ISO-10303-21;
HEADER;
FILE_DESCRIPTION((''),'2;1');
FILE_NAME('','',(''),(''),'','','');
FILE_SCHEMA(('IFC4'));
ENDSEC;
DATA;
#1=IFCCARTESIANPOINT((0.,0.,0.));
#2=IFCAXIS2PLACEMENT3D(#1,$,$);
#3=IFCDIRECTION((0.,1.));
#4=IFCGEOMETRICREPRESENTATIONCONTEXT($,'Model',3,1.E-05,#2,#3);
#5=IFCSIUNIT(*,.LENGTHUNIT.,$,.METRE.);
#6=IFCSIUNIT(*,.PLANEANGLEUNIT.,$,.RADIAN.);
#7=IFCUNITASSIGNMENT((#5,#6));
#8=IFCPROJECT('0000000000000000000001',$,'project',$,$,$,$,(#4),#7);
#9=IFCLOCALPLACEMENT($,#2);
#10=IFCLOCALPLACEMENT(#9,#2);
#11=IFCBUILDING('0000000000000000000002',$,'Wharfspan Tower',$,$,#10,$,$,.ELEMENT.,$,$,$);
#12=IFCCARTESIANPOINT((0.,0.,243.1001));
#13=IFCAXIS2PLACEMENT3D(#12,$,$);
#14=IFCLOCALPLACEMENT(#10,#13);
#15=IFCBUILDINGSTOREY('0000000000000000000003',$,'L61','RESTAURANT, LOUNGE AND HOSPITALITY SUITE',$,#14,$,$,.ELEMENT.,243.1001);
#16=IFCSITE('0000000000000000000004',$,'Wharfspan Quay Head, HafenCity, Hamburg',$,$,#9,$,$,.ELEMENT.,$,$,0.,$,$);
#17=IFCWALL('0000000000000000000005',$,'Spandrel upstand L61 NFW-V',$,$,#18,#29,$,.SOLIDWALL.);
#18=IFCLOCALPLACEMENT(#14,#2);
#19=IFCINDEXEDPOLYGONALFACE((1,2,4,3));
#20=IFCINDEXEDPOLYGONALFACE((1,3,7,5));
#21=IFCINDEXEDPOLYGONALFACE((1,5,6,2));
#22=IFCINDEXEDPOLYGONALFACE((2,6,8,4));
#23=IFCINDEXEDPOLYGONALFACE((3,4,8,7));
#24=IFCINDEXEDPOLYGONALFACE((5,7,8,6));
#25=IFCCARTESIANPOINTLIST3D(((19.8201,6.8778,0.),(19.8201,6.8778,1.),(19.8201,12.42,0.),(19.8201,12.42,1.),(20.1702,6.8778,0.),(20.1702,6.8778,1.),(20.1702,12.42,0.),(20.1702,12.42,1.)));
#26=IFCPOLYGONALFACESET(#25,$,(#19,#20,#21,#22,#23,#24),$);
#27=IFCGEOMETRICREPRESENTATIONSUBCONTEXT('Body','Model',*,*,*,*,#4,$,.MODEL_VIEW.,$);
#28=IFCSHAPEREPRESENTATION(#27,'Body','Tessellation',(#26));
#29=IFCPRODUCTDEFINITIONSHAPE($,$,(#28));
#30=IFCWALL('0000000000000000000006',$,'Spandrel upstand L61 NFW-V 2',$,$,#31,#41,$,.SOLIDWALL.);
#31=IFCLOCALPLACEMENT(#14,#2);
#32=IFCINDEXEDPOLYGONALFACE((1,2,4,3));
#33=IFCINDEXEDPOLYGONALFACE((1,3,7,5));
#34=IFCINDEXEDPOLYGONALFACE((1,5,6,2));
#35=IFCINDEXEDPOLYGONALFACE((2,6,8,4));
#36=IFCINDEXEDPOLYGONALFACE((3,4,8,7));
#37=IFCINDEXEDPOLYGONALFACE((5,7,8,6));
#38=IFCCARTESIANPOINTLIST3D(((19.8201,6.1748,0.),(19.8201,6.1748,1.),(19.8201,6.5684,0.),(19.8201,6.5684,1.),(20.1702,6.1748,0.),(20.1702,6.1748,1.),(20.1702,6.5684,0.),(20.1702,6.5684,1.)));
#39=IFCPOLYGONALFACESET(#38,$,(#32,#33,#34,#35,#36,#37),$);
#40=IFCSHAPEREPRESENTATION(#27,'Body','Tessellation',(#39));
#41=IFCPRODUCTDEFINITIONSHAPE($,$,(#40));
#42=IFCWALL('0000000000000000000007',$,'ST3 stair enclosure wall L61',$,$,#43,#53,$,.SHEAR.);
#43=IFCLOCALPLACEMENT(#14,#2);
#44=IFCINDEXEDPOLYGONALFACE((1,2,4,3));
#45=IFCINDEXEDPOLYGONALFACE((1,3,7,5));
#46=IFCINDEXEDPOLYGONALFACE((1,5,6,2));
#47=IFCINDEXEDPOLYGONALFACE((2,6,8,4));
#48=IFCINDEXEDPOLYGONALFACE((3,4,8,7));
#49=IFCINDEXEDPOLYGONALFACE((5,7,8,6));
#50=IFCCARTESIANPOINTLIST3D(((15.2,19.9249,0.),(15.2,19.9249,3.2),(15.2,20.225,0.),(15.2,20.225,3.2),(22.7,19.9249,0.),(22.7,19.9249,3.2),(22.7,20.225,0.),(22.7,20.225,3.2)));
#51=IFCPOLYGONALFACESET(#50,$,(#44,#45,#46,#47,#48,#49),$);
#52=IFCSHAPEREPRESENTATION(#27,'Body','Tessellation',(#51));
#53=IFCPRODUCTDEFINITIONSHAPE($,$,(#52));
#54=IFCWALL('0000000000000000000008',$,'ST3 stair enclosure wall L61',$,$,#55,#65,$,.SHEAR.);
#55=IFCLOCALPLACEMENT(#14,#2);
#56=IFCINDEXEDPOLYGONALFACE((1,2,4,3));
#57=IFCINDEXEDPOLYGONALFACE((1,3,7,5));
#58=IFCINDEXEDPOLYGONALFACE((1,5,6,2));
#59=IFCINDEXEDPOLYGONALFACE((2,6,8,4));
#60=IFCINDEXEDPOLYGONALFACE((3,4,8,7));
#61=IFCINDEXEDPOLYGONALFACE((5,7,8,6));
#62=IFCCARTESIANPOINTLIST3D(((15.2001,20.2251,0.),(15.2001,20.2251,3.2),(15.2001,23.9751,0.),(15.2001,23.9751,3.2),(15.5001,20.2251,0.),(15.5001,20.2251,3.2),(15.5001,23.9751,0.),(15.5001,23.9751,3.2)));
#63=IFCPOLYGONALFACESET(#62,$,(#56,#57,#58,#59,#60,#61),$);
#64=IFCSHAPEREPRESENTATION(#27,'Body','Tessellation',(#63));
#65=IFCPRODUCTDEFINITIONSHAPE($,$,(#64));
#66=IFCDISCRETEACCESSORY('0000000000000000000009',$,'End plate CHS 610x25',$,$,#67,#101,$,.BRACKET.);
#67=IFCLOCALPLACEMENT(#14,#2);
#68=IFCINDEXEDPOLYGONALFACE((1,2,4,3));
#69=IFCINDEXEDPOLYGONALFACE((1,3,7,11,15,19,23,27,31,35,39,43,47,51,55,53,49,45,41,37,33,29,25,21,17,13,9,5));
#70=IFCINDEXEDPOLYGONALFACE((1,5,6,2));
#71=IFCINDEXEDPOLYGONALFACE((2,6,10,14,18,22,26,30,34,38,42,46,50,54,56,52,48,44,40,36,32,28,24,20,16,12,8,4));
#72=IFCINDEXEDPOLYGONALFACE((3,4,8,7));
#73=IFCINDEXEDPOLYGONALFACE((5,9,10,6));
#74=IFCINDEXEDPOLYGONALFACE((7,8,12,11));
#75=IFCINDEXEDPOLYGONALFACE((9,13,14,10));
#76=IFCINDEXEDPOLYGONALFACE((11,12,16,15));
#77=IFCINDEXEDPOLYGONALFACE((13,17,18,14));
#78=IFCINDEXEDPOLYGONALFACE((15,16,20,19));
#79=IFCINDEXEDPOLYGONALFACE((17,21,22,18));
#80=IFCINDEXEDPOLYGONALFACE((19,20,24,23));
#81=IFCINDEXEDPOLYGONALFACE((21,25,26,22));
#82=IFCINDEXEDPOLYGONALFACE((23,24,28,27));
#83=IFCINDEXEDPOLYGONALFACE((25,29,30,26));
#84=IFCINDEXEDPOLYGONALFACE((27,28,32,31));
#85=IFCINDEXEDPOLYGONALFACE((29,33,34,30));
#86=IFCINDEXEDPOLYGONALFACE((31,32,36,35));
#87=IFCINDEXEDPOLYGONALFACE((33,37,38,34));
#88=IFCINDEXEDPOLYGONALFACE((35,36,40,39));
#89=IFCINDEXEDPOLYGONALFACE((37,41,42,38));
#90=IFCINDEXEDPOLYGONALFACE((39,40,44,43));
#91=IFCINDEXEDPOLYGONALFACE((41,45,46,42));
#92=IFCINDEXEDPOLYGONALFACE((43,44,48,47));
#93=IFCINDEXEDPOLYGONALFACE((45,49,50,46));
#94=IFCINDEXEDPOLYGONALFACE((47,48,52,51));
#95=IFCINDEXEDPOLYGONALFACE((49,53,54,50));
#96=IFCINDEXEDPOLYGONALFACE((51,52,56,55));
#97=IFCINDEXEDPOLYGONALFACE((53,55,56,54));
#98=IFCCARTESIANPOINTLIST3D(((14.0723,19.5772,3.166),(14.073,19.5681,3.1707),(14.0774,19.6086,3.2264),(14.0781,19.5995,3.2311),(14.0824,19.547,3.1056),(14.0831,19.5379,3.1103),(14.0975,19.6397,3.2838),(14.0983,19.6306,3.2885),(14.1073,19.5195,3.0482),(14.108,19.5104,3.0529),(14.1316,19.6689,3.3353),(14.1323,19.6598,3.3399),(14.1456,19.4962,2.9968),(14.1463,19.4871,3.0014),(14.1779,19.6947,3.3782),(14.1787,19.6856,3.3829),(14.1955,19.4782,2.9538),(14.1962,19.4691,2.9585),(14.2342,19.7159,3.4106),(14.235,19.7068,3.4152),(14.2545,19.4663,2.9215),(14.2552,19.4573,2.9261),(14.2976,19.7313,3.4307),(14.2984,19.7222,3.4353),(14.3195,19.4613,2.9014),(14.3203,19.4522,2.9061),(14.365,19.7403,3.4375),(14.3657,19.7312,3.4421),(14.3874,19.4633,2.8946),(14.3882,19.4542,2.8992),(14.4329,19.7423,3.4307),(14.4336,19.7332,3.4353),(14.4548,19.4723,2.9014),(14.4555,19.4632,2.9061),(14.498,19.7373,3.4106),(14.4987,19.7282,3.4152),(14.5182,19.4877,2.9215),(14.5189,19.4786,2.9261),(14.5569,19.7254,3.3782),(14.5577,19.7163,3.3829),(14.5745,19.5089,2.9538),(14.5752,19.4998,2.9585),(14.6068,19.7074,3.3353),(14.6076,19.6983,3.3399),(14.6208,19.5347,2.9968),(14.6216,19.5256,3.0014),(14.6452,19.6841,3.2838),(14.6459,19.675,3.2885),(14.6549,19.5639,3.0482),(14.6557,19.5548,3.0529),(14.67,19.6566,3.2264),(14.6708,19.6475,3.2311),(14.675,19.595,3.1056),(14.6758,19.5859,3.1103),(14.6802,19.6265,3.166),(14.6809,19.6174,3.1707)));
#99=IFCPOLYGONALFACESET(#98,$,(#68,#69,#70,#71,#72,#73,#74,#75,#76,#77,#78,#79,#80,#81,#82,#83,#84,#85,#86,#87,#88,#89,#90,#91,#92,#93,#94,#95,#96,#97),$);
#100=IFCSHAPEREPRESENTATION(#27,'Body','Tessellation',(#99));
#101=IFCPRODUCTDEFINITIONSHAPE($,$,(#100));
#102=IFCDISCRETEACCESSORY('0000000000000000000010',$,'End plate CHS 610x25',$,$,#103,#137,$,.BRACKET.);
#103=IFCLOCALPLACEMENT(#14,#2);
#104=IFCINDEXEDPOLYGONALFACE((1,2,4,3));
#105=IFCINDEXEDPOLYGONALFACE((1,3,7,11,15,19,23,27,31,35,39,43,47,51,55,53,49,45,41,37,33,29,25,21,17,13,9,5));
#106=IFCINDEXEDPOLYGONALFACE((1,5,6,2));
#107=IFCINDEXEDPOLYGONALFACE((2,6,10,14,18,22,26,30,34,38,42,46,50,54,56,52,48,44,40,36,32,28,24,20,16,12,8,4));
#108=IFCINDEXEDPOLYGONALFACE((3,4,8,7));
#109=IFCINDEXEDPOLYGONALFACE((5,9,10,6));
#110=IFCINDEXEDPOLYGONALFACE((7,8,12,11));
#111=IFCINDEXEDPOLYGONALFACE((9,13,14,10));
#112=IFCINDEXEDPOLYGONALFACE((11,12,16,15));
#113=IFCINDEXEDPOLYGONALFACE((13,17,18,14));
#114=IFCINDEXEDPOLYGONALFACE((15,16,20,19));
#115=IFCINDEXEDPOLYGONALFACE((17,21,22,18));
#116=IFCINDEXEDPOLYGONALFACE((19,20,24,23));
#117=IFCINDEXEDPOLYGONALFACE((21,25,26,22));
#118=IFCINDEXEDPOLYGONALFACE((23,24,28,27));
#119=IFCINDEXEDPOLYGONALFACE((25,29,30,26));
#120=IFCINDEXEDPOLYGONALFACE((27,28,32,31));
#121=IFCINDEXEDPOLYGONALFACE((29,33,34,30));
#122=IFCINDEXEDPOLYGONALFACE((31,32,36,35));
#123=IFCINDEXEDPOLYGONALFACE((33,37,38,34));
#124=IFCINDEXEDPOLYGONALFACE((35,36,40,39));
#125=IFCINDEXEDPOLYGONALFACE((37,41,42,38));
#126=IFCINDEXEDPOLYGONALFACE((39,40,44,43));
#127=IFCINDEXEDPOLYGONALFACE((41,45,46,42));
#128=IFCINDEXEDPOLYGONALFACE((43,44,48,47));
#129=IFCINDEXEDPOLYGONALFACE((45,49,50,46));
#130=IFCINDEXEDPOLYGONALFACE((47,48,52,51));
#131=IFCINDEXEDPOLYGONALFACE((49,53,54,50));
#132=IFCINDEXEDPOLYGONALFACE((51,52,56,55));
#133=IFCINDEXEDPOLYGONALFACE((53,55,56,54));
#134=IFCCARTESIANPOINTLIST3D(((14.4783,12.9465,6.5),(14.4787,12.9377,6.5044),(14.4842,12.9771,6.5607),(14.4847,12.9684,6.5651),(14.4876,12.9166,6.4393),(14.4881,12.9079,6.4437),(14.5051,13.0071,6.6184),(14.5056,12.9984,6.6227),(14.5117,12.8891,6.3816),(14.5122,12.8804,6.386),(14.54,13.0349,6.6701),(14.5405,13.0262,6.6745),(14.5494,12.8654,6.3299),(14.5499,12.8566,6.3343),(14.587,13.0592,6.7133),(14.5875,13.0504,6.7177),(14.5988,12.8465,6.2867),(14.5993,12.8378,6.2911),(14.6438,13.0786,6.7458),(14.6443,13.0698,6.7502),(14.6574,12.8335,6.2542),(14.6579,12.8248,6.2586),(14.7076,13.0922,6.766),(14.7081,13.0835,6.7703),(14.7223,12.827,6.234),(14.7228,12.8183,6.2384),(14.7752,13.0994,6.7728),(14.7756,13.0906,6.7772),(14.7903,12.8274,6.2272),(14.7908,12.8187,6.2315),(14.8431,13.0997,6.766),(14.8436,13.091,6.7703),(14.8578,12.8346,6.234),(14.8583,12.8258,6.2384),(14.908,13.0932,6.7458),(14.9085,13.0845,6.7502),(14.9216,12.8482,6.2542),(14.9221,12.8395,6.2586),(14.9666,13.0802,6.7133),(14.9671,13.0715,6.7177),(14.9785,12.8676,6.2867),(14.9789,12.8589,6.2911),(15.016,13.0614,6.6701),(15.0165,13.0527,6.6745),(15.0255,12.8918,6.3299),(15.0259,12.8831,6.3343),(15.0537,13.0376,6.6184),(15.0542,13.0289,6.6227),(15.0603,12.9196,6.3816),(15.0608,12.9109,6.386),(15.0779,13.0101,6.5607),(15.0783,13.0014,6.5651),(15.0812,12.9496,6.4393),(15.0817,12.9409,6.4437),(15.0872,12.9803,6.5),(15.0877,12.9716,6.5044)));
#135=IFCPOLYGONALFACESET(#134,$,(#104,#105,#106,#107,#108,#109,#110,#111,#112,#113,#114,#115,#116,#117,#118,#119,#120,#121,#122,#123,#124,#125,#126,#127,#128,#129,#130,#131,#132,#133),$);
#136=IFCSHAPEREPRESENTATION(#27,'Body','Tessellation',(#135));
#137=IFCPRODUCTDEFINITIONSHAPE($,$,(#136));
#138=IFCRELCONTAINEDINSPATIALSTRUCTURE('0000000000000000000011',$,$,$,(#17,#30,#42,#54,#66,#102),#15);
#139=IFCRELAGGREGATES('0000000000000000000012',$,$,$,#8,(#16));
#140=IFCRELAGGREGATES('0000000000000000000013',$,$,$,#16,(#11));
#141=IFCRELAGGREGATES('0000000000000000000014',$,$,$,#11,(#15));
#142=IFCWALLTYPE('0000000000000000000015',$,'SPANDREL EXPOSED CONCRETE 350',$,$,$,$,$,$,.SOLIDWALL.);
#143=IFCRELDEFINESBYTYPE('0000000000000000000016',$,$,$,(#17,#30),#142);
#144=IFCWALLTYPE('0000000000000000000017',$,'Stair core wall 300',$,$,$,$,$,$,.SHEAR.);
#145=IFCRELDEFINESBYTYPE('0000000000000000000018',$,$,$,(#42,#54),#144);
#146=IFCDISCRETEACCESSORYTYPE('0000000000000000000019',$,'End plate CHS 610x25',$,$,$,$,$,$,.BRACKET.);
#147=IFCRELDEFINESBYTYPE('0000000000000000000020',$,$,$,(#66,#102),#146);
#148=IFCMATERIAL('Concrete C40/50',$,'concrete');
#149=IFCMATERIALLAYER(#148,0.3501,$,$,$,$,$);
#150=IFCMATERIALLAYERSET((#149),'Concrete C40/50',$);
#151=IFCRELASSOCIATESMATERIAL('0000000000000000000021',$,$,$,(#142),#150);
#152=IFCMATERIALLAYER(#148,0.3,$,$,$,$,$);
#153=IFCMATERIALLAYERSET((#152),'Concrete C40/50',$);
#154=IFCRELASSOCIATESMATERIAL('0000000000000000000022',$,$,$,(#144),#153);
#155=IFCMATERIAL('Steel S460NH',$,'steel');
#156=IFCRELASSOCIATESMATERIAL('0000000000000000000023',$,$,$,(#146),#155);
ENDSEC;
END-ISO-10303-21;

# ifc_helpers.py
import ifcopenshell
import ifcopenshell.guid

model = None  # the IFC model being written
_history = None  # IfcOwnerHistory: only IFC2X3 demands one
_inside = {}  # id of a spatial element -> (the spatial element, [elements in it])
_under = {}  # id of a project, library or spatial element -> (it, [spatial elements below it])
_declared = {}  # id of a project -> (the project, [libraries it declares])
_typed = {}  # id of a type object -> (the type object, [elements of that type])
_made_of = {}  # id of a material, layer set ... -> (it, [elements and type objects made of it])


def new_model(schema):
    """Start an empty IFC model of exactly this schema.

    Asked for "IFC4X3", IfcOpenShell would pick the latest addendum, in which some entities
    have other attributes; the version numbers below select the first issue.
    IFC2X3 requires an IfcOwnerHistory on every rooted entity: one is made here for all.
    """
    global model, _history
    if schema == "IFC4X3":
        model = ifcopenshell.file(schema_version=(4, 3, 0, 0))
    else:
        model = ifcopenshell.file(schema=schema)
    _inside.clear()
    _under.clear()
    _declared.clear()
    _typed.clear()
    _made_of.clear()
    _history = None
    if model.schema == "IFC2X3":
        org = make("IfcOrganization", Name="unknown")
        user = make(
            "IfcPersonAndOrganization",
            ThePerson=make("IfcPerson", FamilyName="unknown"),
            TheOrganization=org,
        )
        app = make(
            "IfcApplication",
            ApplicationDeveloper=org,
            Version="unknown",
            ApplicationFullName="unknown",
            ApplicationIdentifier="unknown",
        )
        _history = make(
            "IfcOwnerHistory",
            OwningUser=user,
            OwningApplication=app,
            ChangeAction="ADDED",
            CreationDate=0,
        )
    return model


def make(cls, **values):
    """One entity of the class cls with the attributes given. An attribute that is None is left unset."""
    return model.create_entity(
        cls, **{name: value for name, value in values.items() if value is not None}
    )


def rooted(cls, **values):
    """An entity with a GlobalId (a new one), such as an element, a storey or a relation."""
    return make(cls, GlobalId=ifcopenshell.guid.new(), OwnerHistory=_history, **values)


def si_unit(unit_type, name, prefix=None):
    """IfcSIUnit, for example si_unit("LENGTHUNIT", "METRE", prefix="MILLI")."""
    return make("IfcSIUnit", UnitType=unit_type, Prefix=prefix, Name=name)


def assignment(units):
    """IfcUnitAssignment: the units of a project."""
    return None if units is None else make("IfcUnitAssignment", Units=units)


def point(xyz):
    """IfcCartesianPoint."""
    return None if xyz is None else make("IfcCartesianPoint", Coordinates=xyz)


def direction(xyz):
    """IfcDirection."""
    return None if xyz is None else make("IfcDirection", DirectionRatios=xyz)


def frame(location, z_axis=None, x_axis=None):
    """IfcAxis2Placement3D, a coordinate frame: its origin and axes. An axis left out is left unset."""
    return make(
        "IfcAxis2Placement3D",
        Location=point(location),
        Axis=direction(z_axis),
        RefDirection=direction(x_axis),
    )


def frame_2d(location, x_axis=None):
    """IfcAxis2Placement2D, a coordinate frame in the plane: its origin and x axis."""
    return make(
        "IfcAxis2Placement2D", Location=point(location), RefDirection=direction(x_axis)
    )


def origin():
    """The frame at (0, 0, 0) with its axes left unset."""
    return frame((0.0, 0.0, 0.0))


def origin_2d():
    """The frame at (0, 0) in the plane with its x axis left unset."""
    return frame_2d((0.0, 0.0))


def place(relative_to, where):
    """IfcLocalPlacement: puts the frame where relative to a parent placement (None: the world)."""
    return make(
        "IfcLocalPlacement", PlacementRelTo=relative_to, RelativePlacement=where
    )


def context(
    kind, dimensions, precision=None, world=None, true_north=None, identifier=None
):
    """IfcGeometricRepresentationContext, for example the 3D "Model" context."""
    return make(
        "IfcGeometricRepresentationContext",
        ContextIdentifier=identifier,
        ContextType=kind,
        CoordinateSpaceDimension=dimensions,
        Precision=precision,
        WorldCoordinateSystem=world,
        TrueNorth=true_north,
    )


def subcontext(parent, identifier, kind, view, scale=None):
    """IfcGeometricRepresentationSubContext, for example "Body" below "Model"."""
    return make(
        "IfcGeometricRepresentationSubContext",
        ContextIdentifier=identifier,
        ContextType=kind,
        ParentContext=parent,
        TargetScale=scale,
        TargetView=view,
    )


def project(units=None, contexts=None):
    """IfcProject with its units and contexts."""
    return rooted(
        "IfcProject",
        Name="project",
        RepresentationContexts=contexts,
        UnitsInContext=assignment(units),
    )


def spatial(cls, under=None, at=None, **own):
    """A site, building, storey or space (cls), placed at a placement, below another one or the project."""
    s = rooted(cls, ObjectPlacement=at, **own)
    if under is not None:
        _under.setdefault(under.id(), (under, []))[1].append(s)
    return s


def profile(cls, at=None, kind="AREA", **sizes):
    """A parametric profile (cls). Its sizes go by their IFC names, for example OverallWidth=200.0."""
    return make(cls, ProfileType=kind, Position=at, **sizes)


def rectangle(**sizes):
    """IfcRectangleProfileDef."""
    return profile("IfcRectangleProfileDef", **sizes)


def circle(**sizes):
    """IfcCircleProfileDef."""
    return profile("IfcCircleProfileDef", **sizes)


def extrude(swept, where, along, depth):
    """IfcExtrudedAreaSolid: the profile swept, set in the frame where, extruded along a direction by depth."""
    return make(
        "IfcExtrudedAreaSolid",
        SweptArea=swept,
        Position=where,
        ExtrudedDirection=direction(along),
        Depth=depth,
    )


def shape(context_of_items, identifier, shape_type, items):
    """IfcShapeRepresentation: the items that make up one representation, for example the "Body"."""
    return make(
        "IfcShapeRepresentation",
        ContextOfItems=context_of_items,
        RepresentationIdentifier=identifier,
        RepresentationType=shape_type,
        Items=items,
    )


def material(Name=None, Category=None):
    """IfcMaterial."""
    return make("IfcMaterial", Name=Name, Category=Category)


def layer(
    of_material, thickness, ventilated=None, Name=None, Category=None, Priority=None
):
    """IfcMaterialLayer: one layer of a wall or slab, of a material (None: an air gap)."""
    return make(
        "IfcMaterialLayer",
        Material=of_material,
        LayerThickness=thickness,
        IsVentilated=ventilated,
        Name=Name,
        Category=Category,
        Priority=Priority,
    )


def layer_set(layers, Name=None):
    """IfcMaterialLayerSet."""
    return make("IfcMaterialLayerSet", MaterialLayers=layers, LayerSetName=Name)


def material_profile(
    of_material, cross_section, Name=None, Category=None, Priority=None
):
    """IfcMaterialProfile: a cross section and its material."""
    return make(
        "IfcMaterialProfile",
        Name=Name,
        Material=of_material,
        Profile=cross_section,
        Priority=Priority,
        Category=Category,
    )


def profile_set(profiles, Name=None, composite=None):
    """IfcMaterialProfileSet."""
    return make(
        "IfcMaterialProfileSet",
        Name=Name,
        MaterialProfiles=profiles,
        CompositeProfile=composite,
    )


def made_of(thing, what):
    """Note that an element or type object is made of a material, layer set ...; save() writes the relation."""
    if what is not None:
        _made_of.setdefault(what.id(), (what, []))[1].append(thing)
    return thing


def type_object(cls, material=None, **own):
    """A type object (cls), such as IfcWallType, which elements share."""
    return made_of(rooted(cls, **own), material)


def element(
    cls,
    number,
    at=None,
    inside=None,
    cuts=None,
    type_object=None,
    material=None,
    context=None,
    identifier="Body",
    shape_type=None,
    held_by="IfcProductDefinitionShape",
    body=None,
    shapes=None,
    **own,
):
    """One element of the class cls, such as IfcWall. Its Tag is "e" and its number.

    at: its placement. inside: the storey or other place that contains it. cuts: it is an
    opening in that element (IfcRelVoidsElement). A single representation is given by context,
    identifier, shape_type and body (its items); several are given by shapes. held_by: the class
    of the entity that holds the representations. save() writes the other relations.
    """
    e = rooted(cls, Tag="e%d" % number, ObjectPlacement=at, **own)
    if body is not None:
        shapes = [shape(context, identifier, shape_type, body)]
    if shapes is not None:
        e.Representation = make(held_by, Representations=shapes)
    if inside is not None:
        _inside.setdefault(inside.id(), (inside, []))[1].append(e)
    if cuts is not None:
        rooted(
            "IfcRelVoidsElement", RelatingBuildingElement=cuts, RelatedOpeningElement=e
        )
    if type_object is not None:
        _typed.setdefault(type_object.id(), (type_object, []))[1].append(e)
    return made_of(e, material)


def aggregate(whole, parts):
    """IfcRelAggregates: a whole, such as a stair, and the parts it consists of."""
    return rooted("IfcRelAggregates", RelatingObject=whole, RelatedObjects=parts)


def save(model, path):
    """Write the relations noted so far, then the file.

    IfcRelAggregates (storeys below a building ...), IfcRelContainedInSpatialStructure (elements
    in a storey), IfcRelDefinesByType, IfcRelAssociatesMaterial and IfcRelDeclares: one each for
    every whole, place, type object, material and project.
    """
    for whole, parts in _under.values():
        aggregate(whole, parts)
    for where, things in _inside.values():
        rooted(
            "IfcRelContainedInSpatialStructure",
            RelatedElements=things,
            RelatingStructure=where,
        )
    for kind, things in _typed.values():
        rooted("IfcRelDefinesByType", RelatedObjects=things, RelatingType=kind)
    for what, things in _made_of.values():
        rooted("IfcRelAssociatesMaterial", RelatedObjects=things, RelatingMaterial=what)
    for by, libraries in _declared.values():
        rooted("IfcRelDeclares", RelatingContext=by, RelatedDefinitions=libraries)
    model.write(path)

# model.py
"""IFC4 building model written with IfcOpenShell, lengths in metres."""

from ifc_helpers import new_model, si_unit, direction, frame, frame_2d, origin, origin_2d, place, context, subcontext, project, spatial, rectangle, circle, extrude, material, layer, layer_set, material_profile, profile_set, type_object, element, save


model = new_model("IFC4")

# Units and contexts
model_context = context("Model", 3, precision=1e-05, world=origin(), true_north=direction((0.0, 1.0)))
body_context = subcontext(model_context, "Body", "Model", "MODEL_VIEW")
ifc_project = project(units=[si_unit("LENGTHUNIT", "METRE"), si_unit("PLANEANGLEUNIT", "RADIAN")], contexts=[model_context])

# Site, building, storey
site_placement = place(None, origin())
site = spatial("IfcSite", under=ifc_project, at=site_placement, Name="Wharfspan Quay Head, HafenCity, Hamburg", CompositionType="ELEMENT", RefElevation=0.0)
building_placement = place(site_placement, origin())
building = spatial("IfcBuilding", under=site, at=building_placement, Name="Wharfspan Tower", CompositionType="ELEMENT")
storey_placement = place(building_placement, frame((0.0, 0.0, 243.1001)))
storey = spatial("IfcBuildingStorey", under=building, at=storey_placement, Name="L61", Description="RESTAURANT, LOUNGE AND HOSPITALITY SUITE", CompositionType="ELEMENT", Elevation=243.1001)

# Shared definitions
ifc_material_1 = material(Name="Steel S460NH", Category="steel")

# Walls
ifc_material_2 = material(Name="Concrete C40/50", Category="concrete")
ifc_layer_1 = layer(ifc_material_2, 0.3501)
ifc_layer_set_1 = layer_set([ifc_layer_1], Name="Concrete C40/50")
wall_type_1 = type_object("IfcWallType", Name="SPANDREL EXPOSED CONCRETE 350", PredefinedType="SOLIDWALL", material=ifc_layer_set_1)
wall_1_placement = place(storey_placement, frame((19.9951, 12.4199, 0.0), z_axis=(0.0, 0.0, 1.0), x_axis=(0.0, -1.0, 0.0)))
element("IfcWall", 1, at=wall_1_placement, inside=storey, type_object=wall_type_1, Name="Spandrel upstand L61 NFW-V", PredefinedType="SOLIDWALL", context=body_context, shape_type="SweptSolid", body=[
    extrude(rectangle(XDim=5.5422, YDim=0.3501, at=frame_2d((2.771, 0.0))), origin(), (0.0, 0.0, 1.0), 1.0),
])
wall_2_placement = place(storey_placement, frame((19.9951, 6.5684, 0.0), z_axis=(0.0, 0.0, 1.0), x_axis=(0.0, -1.0, 0.0)))
element("IfcWall", 2, at=wall_2_placement, inside=storey, type_object=wall_type_1, Name="Spandrel upstand L61 NFW-V 2", PredefinedType="SOLIDWALL", context=body_context, shape_type="SweptSolid", body=[
    extrude(rectangle(XDim=0.3936, YDim=0.3501, at=frame_2d((0.1968, 0.0))), origin(), (0.0, 0.0, 1.0), 1.0),
])
ifc_layer_2 = layer(ifc_material_2, 0.3)
ifc_layer_set_2 = layer_set([ifc_layer_2], Name="Concrete C40/50")
wall_type_2 = type_object("IfcWallType", Name="Stair core wall 300", PredefinedType="SHEAR", material=ifc_layer_set_2)
wall_3_placement = place(storey_placement, frame((15.2, 20.075, 0.0), z_axis=(0.0, 0.0, 1.0), x_axis=(1.0, 0.0, 0.0)))
element("IfcWall", 3, at=wall_3_placement, inside=storey, type_object=wall_type_2, Name="ST3 stair enclosure wall L61", PredefinedType="SHEAR", context=body_context, shape_type="SweptSolid", body=[
    extrude(rectangle(XDim=7.5, YDim=0.3, at=frame_2d((3.75, 0.0))), origin(), (0.0, 0.0, 1.0), 3.2),
])
wall_4_placement = place(storey_placement, frame((15.3501, 20.2251, 0.0), z_axis=(0.0, 0.0, 1.0), x_axis=(0.0, 1.0, 0.0)))
element("IfcWall", 4, at=wall_4_placement, inside=storey, type_object=wall_type_2, Name="ST3 stair enclosure wall L61", PredefinedType="SHEAR", context=body_context, shape_type="SweptSolid", body=[
    extrude(rectangle(XDim=3.75, YDim=0.3, at=frame_2d((1.875, 0.0))), origin(), (0.0, 0.0, 1.0), 3.2),
])

# Discrete accessories
ifc_material_profile_1 = material_profile(ifc_material_1, circle(Radius=0.3049, at=origin_2d()))
ifc_profile_set_1 = profile_set([ifc_material_profile_1], Name="Steel S460NH")
discrete_accessory_type = type_object("IfcDiscreteAccessoryType", Name="End plate CHS 610x25", PredefinedType="BRACKET", material=ifc_profile_set_1)
discrete_accessory_1_placement = place(storey_placement, frame((14.3762, 19.6018, 3.166), z_axis=(0.07194, -0.887262, 0.455621), x_axis=(0.996733, 0.080816, 0.0)))
element("IfcDiscreteAccessory", 5, at=discrete_accessory_1_placement, inside=storey, type_object=discrete_accessory_type, Name="End plate CHS 610x25", PredefinedType="BRACKET", context=body_context, shape_type="SweptSolid", body=[
    extrude(circle(Radius=0.3049, at=origin_2d()), origin(), (0.0, 0.0, 1.0), 0.0103),
])
discrete_accessory_2_placement = place(storey_placement, frame((14.7827, 12.9634, 6.5), z_axis=(0.049629, -0.893325, 0.446663), x_axis=(0.998463, 0.05547, 0.0)))
element("IfcDiscreteAccessory", 6, at=discrete_accessory_2_placement, inside=storey, type_object=discrete_accessory_type, Name="End plate CHS 610x25", PredefinedType="BRACKET", context=body_context, shape_type="SweptSolid", body=[
    extrude(circle(Radius=0.3049, at=origin_2d()), origin(), (0.0, 0.0, 1.0), 0.0098),
])

save(model, "model.ifc")
